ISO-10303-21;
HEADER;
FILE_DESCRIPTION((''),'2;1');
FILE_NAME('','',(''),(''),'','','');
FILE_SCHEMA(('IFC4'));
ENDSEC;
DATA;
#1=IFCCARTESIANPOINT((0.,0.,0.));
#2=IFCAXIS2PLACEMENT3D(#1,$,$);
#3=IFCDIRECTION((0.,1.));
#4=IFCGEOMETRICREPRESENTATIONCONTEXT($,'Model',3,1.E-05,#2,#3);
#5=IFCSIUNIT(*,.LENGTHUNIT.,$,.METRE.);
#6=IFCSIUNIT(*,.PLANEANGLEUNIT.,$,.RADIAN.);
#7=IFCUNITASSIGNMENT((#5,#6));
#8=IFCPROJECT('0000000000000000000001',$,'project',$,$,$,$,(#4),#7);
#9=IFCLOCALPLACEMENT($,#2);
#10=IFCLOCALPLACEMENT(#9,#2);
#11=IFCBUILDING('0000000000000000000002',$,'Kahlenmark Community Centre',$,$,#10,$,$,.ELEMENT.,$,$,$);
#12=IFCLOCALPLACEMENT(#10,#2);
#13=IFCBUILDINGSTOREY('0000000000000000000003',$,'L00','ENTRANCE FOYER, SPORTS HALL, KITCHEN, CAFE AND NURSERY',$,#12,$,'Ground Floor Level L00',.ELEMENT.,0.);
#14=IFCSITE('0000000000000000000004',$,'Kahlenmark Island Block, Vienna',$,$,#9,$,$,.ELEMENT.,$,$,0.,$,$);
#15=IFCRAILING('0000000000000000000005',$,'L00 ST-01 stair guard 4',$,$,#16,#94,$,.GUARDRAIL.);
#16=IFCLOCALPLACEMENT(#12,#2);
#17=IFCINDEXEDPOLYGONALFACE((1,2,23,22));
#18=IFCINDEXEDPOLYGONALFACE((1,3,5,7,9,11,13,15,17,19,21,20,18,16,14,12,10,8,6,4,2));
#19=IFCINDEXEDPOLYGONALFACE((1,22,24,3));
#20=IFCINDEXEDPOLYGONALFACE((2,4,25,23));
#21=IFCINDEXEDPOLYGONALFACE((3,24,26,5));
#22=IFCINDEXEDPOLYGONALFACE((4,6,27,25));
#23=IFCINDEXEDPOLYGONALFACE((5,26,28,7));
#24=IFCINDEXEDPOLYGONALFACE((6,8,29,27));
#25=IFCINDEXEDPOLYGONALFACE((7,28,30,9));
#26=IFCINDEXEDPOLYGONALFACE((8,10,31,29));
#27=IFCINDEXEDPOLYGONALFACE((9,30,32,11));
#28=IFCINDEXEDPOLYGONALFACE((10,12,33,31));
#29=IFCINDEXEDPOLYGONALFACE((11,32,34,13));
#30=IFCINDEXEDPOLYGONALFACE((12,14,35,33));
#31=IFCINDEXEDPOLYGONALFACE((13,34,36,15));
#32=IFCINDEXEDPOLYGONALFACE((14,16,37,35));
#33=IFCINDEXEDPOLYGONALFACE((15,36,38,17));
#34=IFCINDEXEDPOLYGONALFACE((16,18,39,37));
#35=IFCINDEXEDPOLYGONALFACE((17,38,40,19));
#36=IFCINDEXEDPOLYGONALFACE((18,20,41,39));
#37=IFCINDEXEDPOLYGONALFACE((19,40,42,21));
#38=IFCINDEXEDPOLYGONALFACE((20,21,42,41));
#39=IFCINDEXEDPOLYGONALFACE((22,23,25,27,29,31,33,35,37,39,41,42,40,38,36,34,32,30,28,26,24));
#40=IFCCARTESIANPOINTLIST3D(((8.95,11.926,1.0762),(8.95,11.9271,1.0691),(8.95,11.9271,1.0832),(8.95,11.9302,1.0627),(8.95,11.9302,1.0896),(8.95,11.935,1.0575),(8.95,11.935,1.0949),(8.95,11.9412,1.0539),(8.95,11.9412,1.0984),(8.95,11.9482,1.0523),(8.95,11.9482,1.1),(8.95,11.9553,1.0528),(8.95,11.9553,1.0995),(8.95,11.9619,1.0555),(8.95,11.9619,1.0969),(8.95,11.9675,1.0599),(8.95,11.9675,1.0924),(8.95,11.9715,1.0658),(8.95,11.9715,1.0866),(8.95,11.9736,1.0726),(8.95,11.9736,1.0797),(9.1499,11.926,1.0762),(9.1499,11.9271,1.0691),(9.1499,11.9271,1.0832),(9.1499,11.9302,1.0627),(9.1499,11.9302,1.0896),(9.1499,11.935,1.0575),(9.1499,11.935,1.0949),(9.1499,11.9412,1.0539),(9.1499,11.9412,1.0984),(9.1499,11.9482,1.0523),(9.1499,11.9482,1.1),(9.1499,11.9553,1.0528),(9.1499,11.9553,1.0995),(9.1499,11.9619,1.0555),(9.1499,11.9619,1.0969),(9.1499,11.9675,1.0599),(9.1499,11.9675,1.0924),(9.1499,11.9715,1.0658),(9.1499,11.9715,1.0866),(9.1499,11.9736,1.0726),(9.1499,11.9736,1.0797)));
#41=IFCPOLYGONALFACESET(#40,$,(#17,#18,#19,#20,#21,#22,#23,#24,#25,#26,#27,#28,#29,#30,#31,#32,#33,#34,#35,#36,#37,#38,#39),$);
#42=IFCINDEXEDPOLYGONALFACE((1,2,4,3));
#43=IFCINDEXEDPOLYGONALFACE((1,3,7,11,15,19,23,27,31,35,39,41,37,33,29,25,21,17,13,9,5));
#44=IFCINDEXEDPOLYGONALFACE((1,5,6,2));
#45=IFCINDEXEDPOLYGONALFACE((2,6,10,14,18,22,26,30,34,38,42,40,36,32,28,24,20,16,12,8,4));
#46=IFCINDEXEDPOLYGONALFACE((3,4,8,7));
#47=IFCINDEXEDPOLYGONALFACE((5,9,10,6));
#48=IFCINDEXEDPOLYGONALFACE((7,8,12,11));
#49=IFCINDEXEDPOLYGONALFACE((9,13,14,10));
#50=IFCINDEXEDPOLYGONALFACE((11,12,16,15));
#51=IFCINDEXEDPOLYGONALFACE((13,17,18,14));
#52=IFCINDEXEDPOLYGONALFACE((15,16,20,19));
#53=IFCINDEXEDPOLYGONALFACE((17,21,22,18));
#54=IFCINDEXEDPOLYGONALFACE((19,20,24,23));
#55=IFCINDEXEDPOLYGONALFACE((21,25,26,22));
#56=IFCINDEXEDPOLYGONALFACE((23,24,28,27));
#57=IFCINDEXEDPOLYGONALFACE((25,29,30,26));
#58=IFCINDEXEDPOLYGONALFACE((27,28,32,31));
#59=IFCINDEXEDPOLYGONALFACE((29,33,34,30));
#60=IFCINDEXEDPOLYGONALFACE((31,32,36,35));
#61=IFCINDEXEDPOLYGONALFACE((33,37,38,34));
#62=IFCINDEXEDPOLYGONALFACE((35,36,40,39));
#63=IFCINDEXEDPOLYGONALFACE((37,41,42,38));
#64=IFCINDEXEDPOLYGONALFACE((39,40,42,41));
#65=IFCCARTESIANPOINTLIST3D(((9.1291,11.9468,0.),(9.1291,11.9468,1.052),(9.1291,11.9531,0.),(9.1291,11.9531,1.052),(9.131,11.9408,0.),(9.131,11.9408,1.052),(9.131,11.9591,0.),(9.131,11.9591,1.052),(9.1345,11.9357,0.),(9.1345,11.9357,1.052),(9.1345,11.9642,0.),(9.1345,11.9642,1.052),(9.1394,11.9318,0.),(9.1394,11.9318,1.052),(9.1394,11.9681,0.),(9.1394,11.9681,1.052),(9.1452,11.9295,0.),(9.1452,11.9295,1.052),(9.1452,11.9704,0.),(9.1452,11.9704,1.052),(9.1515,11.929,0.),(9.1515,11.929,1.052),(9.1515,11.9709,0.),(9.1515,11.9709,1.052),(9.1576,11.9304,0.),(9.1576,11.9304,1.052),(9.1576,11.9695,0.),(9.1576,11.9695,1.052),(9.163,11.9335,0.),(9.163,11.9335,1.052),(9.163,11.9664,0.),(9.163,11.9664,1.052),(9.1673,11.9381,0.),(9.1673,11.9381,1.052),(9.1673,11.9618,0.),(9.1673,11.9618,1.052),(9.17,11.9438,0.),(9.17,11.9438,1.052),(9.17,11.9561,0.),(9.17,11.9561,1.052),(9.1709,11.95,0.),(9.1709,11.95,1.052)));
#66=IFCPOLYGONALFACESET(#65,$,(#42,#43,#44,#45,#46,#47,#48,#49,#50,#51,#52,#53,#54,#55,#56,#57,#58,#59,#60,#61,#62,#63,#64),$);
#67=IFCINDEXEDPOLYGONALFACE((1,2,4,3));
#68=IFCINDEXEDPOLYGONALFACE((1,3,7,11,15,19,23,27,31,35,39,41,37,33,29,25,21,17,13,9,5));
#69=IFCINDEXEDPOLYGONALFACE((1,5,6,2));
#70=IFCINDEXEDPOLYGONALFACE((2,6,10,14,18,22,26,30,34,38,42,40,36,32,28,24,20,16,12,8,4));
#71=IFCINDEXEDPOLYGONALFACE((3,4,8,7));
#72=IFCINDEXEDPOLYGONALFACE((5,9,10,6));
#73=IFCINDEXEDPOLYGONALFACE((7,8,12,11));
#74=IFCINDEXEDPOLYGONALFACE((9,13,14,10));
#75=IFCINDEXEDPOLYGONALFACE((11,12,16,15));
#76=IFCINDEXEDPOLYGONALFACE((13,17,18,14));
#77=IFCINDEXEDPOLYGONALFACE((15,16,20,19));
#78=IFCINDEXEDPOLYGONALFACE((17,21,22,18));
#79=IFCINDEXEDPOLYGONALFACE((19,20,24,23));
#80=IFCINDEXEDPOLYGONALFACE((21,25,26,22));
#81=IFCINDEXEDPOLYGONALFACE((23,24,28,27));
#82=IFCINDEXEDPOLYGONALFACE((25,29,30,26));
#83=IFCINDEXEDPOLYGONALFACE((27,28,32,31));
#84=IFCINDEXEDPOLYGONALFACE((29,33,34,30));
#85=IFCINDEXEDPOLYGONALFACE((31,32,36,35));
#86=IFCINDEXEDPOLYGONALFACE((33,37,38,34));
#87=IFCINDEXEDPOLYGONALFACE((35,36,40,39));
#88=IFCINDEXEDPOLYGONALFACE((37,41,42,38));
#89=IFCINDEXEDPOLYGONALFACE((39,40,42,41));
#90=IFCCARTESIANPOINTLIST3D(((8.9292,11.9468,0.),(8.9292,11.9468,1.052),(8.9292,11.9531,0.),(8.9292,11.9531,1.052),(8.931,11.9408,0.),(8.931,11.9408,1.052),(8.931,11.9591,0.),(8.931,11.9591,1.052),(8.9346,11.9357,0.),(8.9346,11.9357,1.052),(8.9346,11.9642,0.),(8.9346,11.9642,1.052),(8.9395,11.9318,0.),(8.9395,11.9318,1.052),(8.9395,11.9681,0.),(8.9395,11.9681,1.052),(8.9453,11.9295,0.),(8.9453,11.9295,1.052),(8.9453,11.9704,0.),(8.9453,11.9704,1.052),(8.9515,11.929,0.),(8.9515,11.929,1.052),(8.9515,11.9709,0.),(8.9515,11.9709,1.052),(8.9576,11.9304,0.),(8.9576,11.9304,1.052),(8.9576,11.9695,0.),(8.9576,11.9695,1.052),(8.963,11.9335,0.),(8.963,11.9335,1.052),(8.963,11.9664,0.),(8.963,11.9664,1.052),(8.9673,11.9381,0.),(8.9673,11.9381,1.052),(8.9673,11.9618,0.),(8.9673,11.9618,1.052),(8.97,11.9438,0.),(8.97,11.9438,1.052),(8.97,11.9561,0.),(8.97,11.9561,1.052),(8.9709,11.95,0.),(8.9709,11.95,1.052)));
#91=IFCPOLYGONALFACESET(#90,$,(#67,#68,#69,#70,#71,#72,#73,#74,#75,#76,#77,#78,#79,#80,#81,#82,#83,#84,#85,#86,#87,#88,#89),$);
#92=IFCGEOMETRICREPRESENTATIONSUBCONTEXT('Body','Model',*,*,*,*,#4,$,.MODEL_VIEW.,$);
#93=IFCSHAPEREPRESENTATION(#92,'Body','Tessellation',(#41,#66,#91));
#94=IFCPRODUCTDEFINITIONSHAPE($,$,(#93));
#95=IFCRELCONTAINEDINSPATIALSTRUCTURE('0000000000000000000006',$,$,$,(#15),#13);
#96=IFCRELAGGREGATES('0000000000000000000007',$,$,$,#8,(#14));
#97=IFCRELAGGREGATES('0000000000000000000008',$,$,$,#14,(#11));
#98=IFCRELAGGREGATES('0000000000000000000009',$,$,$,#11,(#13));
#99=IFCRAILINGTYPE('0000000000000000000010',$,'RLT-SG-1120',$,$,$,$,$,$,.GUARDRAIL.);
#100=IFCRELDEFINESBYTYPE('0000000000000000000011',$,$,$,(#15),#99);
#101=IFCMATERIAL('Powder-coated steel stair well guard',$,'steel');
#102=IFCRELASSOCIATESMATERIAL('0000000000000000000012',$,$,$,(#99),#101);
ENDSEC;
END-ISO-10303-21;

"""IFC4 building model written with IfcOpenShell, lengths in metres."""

from ifc_helpers import new_model, si_unit, direction, frame, origin, origin_2d, place, context, subcontext, project, spatial, circle, extrude, material, type_object, element, save


model = new_model("IFC4")

# Units and contexts
model_context = context("Model", 3, precision=1e-05, world=origin(), true_north=direction((0.0, 1.0)))
body_context = subcontext(model_context, "Body", "Model", "MODEL_VIEW")
ifc_project = project(units=[si_unit("LENGTHUNIT", "METRE"), si_unit("PLANEANGLEUNIT", "RADIAN")], contexts=[model_context])

# Site, building, storey
site_placement = place(None, origin())
site = spatial("IfcSite", under=ifc_project, at=site_placement, Name="Kahlenmark Island Block, Vienna", CompositionType="ELEMENT", RefElevation=0.0)
building_placement = place(site_placement, origin())
building = spatial("IfcBuilding", under=site, at=building_placement, Name="Kahlenmark Community Centre", CompositionType="ELEMENT")
storey_placement = place(building_placement, origin())
storey = spatial("IfcBuildingStorey", under=building, at=storey_placement, Name="L00", Description="ENTRANCE FOYER, SPORTS HALL, KITCHEN, CAFE AND NURSERY", LongName="Ground Floor Level L00", CompositionType="ELEMENT", Elevation=0.0)

# Railing
ifc_material_1 = material(Name="Powder-coated steel stair well guard", Category="steel")
railing_type_1 = type_object("IfcRailingType", Name="RLT-SG-1120", PredefinedType="GUARDRAIL", material=ifc_material_1)
railing_1_placement = place(storey_placement, frame((9.1499, 11.95, 0.0)))
element("IfcRailing", 1, at=railing_1_placement, inside=storey, type_object=railing_type_1, Name="L00 ST-01 stair guard 4", PredefinedType="GUARDRAIL", context=body_context, shape_type="SweptSolid", body=[
    extrude(circle(Radius=0.0239, at=origin_2d()), frame((0.0, 0.0, 1.0762), z_axis=(-1.0, 0.0, 0.0), x_axis=(0.0, -1.0, 0.0)), (0.0, 0.0, 1.0), 0.2),
    extrude(circle(Radius=0.021, at=origin_2d()), origin(), (0.0, 0.0, 1.0), 1.052),
    extrude(circle(Radius=0.021, at=origin_2d()), frame((-0.2, 0.0, 0.0)), (0.0, 0.0, 1.0), 1.052),
])

save(model, "model.ifc")
